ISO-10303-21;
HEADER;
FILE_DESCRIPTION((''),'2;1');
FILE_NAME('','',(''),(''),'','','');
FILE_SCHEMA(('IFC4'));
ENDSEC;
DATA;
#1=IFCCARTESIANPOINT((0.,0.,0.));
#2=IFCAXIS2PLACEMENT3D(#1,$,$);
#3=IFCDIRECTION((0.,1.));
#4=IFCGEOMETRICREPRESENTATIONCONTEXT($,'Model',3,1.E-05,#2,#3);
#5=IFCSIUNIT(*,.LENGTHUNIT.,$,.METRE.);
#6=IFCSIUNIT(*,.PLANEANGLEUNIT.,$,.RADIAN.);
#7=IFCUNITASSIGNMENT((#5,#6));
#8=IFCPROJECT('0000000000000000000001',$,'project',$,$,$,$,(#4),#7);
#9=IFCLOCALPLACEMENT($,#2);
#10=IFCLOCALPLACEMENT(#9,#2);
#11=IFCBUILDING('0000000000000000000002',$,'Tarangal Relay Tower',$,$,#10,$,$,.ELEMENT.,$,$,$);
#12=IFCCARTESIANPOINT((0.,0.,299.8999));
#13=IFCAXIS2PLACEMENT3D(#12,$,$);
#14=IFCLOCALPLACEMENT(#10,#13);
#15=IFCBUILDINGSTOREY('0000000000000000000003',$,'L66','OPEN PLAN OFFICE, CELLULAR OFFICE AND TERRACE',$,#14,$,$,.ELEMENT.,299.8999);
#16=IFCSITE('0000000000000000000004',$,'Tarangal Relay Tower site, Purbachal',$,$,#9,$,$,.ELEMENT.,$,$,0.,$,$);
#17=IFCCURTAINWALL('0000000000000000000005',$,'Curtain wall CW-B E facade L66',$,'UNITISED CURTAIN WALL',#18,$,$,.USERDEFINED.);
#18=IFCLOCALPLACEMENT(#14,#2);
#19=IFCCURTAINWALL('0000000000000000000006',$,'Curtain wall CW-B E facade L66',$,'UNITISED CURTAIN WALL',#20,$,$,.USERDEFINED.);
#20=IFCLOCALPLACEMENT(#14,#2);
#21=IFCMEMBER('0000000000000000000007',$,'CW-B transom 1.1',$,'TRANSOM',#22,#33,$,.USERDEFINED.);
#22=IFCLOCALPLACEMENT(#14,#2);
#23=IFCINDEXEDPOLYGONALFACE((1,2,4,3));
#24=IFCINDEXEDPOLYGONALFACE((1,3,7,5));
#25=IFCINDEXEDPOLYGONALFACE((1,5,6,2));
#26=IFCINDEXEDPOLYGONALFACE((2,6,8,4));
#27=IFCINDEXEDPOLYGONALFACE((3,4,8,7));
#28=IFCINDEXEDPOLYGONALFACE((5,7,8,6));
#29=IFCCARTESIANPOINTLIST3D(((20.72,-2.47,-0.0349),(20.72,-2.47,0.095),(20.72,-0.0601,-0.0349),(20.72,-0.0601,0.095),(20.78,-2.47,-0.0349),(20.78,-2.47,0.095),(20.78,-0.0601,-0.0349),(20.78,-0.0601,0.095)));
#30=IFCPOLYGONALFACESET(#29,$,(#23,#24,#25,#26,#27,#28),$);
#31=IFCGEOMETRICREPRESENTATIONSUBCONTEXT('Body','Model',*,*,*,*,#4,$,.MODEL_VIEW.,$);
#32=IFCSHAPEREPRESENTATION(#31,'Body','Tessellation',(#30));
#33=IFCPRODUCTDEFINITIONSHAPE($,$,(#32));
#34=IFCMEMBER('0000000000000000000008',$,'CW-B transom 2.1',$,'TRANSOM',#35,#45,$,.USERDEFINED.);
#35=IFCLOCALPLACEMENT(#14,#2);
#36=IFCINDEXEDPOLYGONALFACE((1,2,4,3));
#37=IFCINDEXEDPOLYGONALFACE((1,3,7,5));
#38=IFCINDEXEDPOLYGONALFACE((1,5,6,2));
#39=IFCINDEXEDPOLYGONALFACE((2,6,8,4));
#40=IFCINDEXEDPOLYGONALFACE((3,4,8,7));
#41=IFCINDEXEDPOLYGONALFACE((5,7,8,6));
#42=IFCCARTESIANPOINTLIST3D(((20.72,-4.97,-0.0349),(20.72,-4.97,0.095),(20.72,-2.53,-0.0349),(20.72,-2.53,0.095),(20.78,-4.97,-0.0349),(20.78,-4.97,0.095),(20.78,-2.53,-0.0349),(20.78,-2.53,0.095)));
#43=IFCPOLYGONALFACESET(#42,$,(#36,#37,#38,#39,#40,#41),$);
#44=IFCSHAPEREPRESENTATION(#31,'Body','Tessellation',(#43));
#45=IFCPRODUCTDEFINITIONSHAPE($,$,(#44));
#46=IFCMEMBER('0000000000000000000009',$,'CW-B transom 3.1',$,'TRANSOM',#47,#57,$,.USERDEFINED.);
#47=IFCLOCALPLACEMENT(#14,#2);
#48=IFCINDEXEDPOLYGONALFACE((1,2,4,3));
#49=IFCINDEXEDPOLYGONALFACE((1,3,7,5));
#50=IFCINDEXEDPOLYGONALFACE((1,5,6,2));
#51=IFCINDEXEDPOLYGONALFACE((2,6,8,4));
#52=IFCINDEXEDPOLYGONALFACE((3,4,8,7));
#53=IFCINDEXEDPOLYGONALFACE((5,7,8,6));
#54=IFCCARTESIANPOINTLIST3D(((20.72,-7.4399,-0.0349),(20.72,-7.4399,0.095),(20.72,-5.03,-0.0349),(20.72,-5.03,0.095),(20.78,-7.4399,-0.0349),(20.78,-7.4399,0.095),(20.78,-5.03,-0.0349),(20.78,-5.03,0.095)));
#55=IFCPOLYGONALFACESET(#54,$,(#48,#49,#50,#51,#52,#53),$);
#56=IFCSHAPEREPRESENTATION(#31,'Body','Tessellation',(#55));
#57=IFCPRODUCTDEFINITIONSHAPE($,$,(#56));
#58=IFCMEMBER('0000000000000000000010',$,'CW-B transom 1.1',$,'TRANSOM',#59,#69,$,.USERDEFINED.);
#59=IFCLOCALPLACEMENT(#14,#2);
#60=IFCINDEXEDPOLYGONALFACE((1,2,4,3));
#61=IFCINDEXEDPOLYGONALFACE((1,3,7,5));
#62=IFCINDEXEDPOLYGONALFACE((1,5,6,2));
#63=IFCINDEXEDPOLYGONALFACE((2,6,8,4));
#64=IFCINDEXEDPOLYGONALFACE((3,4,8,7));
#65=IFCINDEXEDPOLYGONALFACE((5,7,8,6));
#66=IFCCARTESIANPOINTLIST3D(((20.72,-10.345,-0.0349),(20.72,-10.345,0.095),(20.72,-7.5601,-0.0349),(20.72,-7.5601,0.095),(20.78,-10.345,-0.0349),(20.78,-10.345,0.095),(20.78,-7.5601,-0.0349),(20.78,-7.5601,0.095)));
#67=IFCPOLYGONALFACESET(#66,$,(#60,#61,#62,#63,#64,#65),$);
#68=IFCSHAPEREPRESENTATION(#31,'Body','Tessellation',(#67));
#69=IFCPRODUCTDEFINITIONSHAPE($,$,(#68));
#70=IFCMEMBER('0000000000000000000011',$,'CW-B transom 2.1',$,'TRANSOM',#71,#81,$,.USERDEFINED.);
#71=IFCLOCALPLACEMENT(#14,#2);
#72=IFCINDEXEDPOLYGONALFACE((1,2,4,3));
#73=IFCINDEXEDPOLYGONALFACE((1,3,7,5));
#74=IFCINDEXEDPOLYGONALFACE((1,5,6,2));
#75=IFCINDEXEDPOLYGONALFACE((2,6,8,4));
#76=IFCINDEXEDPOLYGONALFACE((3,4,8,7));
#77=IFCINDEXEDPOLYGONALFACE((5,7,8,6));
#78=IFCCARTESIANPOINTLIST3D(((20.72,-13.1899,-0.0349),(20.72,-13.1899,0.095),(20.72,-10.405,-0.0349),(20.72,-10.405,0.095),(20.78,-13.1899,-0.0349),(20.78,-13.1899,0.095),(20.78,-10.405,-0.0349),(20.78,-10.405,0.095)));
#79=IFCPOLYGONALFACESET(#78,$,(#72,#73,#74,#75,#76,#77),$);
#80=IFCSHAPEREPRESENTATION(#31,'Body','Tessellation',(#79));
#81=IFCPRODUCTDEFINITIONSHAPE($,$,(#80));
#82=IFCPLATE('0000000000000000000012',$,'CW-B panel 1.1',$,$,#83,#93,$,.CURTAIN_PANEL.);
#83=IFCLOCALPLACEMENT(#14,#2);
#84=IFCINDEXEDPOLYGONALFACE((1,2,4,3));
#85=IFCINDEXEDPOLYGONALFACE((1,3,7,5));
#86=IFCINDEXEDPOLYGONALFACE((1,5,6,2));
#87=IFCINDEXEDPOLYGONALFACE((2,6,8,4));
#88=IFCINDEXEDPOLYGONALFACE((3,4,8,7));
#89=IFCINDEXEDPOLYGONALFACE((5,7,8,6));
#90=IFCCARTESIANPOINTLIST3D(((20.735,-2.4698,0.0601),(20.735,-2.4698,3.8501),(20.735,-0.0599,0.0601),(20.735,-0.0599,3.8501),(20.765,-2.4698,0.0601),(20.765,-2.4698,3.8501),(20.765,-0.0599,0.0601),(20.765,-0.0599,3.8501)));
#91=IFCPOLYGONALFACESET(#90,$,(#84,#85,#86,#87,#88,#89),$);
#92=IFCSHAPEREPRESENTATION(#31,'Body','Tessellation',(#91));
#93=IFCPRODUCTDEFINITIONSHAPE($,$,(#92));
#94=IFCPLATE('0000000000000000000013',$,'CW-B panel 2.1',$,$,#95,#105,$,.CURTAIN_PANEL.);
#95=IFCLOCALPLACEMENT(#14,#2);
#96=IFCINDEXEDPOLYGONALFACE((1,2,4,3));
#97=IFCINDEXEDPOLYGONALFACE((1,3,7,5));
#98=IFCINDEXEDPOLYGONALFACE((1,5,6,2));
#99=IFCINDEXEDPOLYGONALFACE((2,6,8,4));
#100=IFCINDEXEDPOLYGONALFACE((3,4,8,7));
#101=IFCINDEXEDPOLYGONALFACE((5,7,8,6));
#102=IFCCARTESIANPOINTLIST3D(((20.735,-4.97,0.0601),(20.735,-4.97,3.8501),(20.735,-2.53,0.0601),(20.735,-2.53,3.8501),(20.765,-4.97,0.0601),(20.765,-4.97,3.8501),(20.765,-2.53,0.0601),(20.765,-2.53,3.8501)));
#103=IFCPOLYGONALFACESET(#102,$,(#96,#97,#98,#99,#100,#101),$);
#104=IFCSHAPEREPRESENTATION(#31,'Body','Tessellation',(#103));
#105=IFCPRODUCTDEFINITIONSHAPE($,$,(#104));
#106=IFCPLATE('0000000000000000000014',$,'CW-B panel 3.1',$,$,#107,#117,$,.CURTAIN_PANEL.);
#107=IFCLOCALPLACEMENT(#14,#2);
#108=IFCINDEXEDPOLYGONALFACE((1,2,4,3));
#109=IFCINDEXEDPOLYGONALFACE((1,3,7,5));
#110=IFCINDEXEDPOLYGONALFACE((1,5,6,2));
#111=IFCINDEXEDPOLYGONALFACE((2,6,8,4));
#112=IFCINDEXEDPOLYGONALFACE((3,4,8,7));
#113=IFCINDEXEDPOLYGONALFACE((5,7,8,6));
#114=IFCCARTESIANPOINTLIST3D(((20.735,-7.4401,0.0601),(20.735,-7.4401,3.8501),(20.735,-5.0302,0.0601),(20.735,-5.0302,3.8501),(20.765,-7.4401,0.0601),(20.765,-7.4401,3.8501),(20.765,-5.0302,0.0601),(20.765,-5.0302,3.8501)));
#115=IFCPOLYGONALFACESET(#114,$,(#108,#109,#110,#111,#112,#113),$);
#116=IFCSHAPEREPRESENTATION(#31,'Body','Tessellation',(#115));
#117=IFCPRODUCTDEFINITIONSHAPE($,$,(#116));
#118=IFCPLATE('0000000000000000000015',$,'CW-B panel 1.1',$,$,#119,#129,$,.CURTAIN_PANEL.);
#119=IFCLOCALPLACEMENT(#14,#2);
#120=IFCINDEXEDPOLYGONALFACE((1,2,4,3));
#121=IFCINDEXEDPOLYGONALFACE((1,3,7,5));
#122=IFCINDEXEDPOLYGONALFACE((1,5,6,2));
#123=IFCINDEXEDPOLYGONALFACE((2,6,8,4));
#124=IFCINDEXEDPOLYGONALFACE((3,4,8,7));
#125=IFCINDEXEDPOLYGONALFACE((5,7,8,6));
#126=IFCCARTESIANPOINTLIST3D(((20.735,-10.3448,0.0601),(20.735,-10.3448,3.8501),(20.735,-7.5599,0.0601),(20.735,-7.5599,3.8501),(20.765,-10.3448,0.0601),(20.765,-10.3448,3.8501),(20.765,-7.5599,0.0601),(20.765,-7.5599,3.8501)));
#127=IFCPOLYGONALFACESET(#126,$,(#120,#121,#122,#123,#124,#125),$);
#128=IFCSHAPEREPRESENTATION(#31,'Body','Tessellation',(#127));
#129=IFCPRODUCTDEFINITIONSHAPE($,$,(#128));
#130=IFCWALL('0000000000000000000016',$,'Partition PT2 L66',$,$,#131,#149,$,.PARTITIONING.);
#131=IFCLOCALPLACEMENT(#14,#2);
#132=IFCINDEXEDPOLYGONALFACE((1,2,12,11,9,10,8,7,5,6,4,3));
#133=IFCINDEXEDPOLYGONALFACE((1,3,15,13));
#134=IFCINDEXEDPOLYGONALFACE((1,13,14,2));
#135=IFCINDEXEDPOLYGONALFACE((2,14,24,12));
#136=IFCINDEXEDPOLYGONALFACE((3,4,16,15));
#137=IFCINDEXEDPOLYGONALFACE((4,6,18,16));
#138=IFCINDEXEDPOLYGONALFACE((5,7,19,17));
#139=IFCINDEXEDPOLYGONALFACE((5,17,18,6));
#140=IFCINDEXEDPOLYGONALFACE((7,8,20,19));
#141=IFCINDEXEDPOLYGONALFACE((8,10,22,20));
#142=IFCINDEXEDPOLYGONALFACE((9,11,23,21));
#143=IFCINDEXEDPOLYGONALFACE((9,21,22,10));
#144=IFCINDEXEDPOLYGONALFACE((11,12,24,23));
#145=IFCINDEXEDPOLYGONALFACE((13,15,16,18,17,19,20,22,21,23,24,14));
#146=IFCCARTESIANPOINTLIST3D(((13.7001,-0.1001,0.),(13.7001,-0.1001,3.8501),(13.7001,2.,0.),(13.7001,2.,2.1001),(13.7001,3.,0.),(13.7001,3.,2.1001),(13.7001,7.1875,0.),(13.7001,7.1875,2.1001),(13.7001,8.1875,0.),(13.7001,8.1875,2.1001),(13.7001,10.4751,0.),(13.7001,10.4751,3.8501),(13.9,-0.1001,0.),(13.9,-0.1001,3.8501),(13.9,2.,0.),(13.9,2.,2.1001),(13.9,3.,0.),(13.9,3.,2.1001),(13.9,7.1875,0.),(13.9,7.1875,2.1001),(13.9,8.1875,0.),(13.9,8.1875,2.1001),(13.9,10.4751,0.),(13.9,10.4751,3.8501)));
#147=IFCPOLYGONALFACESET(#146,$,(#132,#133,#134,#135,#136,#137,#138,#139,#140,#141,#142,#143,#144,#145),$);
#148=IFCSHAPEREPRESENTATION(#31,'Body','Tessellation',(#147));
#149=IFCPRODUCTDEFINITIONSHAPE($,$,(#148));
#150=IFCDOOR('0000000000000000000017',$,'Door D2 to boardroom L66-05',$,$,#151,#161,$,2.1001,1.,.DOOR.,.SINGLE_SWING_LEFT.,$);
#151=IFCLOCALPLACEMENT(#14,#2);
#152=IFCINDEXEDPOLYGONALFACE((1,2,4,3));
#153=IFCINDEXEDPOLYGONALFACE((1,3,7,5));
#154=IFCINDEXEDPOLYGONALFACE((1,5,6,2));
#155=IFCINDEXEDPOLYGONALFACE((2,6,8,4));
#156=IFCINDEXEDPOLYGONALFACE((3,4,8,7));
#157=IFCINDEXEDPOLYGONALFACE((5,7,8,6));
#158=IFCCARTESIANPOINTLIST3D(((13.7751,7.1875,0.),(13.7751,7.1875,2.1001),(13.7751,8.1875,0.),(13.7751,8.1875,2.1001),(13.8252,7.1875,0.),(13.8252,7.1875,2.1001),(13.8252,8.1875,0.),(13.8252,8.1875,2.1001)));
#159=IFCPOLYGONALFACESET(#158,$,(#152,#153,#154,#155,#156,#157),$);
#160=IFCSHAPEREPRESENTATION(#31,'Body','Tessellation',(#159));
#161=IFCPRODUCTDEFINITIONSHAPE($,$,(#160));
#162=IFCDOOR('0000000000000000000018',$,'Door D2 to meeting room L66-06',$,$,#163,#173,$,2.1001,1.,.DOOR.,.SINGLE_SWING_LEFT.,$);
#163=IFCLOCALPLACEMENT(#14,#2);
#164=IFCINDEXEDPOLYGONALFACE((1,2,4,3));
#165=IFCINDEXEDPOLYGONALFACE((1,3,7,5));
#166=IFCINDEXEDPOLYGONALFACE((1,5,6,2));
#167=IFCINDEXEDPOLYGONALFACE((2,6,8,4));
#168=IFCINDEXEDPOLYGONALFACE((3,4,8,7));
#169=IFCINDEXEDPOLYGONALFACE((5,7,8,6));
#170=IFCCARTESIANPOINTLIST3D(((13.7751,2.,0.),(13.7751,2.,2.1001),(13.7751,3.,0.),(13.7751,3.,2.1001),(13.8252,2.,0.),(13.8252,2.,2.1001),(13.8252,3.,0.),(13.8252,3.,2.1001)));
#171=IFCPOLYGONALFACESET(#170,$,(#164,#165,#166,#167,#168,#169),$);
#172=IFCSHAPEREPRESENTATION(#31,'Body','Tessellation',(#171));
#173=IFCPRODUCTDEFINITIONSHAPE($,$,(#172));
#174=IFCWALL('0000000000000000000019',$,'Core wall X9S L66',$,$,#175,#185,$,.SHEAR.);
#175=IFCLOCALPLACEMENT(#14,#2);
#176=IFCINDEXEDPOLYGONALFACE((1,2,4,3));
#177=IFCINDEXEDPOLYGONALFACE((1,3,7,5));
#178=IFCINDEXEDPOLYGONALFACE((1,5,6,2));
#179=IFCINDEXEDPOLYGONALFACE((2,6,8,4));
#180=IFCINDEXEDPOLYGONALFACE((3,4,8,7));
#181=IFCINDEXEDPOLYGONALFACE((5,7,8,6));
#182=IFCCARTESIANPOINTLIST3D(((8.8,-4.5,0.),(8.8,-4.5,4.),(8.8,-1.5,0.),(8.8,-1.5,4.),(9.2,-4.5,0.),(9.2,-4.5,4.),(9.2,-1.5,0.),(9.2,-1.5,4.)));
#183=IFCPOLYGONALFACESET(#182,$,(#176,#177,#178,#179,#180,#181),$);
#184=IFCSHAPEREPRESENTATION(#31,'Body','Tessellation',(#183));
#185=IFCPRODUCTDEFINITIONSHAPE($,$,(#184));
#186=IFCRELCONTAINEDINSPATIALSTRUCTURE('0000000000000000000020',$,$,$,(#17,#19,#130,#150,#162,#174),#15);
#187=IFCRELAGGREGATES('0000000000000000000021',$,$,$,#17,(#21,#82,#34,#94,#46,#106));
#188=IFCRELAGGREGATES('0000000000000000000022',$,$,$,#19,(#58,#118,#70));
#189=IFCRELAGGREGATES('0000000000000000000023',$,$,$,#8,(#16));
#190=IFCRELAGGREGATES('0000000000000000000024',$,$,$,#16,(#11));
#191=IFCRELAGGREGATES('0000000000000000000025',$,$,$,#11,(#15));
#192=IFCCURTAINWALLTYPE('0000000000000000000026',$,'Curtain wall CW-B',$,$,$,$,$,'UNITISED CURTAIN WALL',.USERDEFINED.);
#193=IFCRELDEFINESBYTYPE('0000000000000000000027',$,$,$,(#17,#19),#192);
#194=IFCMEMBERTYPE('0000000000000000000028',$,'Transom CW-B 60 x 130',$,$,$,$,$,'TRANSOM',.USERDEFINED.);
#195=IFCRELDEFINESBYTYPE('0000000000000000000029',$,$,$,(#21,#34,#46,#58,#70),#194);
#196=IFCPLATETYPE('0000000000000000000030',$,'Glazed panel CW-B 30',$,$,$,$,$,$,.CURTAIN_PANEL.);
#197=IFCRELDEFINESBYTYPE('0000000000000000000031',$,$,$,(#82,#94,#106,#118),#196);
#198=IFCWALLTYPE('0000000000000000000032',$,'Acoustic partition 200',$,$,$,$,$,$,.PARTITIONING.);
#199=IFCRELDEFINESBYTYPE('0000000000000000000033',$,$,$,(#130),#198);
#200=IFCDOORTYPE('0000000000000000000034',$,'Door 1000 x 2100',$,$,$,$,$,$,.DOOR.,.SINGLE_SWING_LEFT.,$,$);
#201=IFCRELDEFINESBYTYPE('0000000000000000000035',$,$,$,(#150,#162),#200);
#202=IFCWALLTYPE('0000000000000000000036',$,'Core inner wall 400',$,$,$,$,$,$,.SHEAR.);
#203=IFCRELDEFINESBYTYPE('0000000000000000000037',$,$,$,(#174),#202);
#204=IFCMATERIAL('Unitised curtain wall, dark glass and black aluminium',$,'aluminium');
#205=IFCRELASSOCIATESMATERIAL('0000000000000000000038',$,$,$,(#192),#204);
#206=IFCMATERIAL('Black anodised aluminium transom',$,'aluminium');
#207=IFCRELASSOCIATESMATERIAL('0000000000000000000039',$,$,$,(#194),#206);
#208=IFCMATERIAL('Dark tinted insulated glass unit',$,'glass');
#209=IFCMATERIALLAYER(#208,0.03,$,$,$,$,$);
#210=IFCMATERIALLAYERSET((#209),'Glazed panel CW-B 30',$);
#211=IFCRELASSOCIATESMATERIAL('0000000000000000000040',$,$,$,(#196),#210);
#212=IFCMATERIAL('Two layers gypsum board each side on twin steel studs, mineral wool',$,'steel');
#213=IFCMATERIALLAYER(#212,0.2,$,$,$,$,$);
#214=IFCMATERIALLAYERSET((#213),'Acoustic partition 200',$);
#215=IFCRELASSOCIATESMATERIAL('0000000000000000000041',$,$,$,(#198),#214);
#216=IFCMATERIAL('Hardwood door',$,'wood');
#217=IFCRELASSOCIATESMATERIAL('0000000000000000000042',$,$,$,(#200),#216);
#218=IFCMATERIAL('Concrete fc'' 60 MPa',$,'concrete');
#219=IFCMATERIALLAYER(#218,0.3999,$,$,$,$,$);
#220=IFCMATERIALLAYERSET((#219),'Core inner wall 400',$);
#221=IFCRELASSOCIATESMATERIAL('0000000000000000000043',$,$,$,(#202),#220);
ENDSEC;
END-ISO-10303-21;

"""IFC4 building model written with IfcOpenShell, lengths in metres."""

from ifc_helpers import new_model, si_unit, direction, frame, frame_2d, origin, origin_2d, place, context, subcontext, project, spatial, rectangle, extrude, material, layer, layer_set, material_profile, profile_set, type_object, element, fill, aggregate, save


model = new_model("IFC4")

# Units and contexts
model_context = context("Model", 3, precision=1e-05, world=origin(), true_north=direction((0.0, 1.0)))
body_context = subcontext(model_context, "Body", "Model", "MODEL_VIEW")
ifc_project = project(units=[si_unit("LENGTHUNIT", "METRE"), si_unit("PLANEANGLEUNIT", "RADIAN")], contexts=[model_context])

# Site, building, storey
site_placement = place(None, origin())
site = spatial("IfcSite", under=ifc_project, at=site_placement, Name="Tarangal Relay Tower site, Purbachal", CompositionType="ELEMENT", RefElevation=0.0)
building_placement = place(site_placement, origin())
building = spatial("IfcBuilding", under=site, at=building_placement, Name="Tarangal Relay Tower", CompositionType="ELEMENT")
storey_placement = place(building_placement, frame((0.0, 0.0, 299.8999)))
storey = spatial("IfcBuildingStorey", under=building, at=storey_placement, Name="L66", Description="OPEN PLAN OFFICE, CELLULAR OFFICE AND TERRACE", CompositionType="ELEMENT", Elevation=299.8999)

# Curtain walls
ifc_material_1 = material(Name="Unitised curtain wall, dark glass and black aluminium", Category="aluminium")
curtain_wall_type = type_object("IfcCurtainWallType", Name="Curtain wall CW-B", ElementType="UNITISED CURTAIN WALL", PredefinedType="USERDEFINED", material=ifc_material_1)
curtain_wall_1_placement = place(storey_placement, origin())
curtain_wall_1 = element("IfcCurtainWall", 1, at=curtain_wall_1_placement, inside=storey, type_object=curtain_wall_type, Name="Curtain wall CW-B E facade L66", ObjectType="UNITISED CURTAIN WALL", PredefinedType="USERDEFINED")
curtain_wall_2_placement = place(storey_placement, origin())
curtain_wall_2 = element("IfcCurtainWall", 2, at=curtain_wall_2_placement, inside=storey, type_object=curtain_wall_type, Name="Curtain wall CW-B E facade L66", ObjectType="UNITISED CURTAIN WALL", PredefinedType="USERDEFINED")

# Members
ifc_material_2 = material(Name="Black anodised aluminium transom", Category="aluminium")
ifc_material_profile_1 = material_profile(ifc_material_2, rectangle(XDim=0.0601, YDim=0.1299, at=origin_2d()), Name="CW-BT 60X130")
ifc_profile_set_1 = profile_set([ifc_material_profile_1], Name="Black anodised aluminium transom")
member_type_1 = type_object("IfcMemberType", Name="Transom CW-B 60 x 130", ElementType="TRANSOM", PredefinedType="USERDEFINED", material=ifc_profile_set_1)
member_1_placement = place(storey_placement, frame((20.75, -0.0601, 0.03), z_axis=(0.0, -1.0, 0.0), x_axis=(1.0, 0.0, 0.0)))
member_1 = element("IfcMember", 3, at=member_1_placement, type_object=member_type_1, Name="CW-B transom 1.1", ObjectType="TRANSOM", PredefinedType="USERDEFINED", context=body_context, shape_type="SweptSolid", body=[
    extrude(rectangle(XDim=0.0601, YDim=0.1299, at=origin_2d()), origin(), (0.0, 0.0, 1.0), 2.4099),
])
member_2_placement = place(storey_placement, frame((20.75, -2.53, 0.03), z_axis=(0.0, -1.0, 0.0), x_axis=(1.0, 0.0, 0.0)))
member_2 = element("IfcMember", 4, at=member_2_placement, type_object=member_type_1, Name="CW-B transom 2.1", ObjectType="TRANSOM", PredefinedType="USERDEFINED", context=body_context, shape_type="SweptSolid", body=[
    extrude(rectangle(XDim=0.0601, YDim=0.1299, at=origin_2d()), origin(), (0.0, 0.0, 1.0), 2.4399),
])
member_3_placement = place(storey_placement, frame((20.75, -5.03, 0.03), z_axis=(0.0, -1.0, 0.0), x_axis=(1.0, 0.0, 0.0)))
member_3 = element("IfcMember", 5, at=member_3_placement, type_object=member_type_1, Name="CW-B transom 3.1", ObjectType="TRANSOM", PredefinedType="USERDEFINED", context=body_context, shape_type="SweptSolid", body=[
    extrude(rectangle(XDim=0.0601, YDim=0.1299, at=origin_2d()), origin(), (0.0, 0.0, 1.0), 2.4099),
])
member_4_placement = place(storey_placement, frame((20.75, -7.5601, 0.03), z_axis=(0.0, -1.0, 0.0), x_axis=(1.0, 0.0, 0.0)))
member_4 = element("IfcMember", 6, at=member_4_placement, type_object=member_type_1, Name="CW-B transom 1.1", ObjectType="TRANSOM", PredefinedType="USERDEFINED", context=body_context, shape_type="SweptSolid", body=[
    extrude(rectangle(XDim=0.0601, YDim=0.1299, at=origin_2d()), origin(), (0.0, 0.0, 1.0), 2.7849),
])
member_5_placement = place(storey_placement, frame((20.75, -10.405, 0.03), z_axis=(0.0, -1.0, 0.0), x_axis=(1.0, 0.0, 0.0)))
member_5 = element("IfcMember", 7, at=member_5_placement, type_object=member_type_1, Name="CW-B transom 2.1", ObjectType="TRANSOM", PredefinedType="USERDEFINED", context=body_context, shape_type="SweptSolid", body=[
    extrude(rectangle(XDim=0.0601, YDim=0.1299, at=origin_2d()), origin(), (0.0, 0.0, 1.0), 2.7849),
])

# Plates
ifc_material_3 = material(Name="Dark tinted insulated glass unit", Category="glass")
ifc_layer_1 = layer(ifc_material_3, 0.03)
ifc_layer_set_1 = layer_set([ifc_layer_1], Name="Glazed panel CW-B 30")
plate_type = type_object("IfcPlateType", Name="Glazed panel CW-B 30", PredefinedType="CURTAIN_PANEL", material=ifc_layer_set_1)
plate_1_placement = place(storey_placement, frame((20.75, -1.2649, 0.0601), z_axis=(0.0, 0.0, 1.0), x_axis=(0.0, -1.0, 0.0)))
plate_1 = element("IfcPlate", 8, at=plate_1_placement, type_object=plate_type, Name="CW-B panel 1.1", PredefinedType="CURTAIN_PANEL", context=body_context, shape_type="SweptSolid", body=[
    extrude(rectangle(XDim=2.4099, YDim=0.03, at=origin_2d()), origin(), (0.0, 0.0, 1.0), 3.79),
])
plate_2_placement = place(storey_placement, frame((20.75, -3.75, 0.0601), z_axis=(0.0, 0.0, 1.0), x_axis=(0.0, -1.0, 0.0)))
plate_2 = element("IfcPlate", 9, at=plate_2_placement, type_object=plate_type, Name="CW-B panel 2.1", PredefinedType="CURTAIN_PANEL", context=body_context, shape_type="SweptSolid", body=[
    extrude(rectangle(XDim=2.4399, YDim=0.03, at=origin_2d()), origin(), (0.0, 0.0, 1.0), 3.79),
])
plate_3_placement = place(storey_placement, frame((20.75, -6.2351, 0.0601), z_axis=(0.0, 0.0, 1.0), x_axis=(0.0, -1.0, 0.0)))
plate_3 = element("IfcPlate", 10, at=plate_3_placement, type_object=plate_type, Name="CW-B panel 3.1", PredefinedType="CURTAIN_PANEL", context=body_context, shape_type="SweptSolid", body=[
    extrude(rectangle(XDim=2.4099, YDim=0.03, at=origin_2d()), origin(), (0.0, 0.0, 1.0), 3.79),
])
aggregate(curtain_wall_1, [member_1, plate_1, member_2, plate_2, member_3, plate_3])
plate_4_placement = place(storey_placement, frame((20.75, -8.9524, 0.0601), z_axis=(0.0, 0.0, 1.0), x_axis=(0.0, -1.0, 0.0)))
plate_4 = element("IfcPlate", 11, at=plate_4_placement, type_object=plate_type, Name="CW-B panel 1.1", PredefinedType="CURTAIN_PANEL", context=body_context, shape_type="SweptSolid", body=[
    extrude(rectangle(XDim=2.7849, YDim=0.03, at=origin_2d()), origin(), (0.0, 0.0, 1.0), 3.79),
])
aggregate(curtain_wall_2, [member_4, plate_4, member_5])

# Wall, openings, doors
ifc_material_4 = material(Name="Two layers gypsum board each side on twin steel studs, mineral wool", Category="steel")
ifc_layer_2 = layer(ifc_material_4, 0.2)
ifc_layer_set_2 = layer_set([ifc_layer_2], Name="Acoustic partition 200")
wall_type_1 = type_object("IfcWallType", Name="Acoustic partition 200", PredefinedType="PARTITIONING", material=ifc_layer_set_2)
wall_1_placement = place(storey_placement, frame((13.8, -0.1001, 0.0), z_axis=(0.0, 0.0, 1.0), x_axis=(0.0, 1.0, 0.0)))
wall_1 = element("IfcWall", 12, at=wall_1_placement, inside=storey, type_object=wall_type_1, Name="Partition PT2 L66", PredefinedType="PARTITIONING", context=body_context, shape_type="SweptSolid", body=[
    extrude(rectangle(XDim=10.5752, YDim=0.2, at=frame_2d((5.2876, 0.0))), origin(), (0.0, 0.0, 1.0), 3.8501),
])
opening_1_placement = place(wall_1_placement, frame((7.2876, 0.0, 0.0)))
opening_1 = element("IfcOpeningElement", 13, at=opening_1_placement, cuts=wall_1, PredefinedType="OPENING", context=body_context, shape_type="SweptSolid", body=[
    extrude(rectangle(XDim=1.0, YDim=2.1001, at=frame_2d((0.5, 1.05))), frame((0.0, 0.1099, 0.0), z_axis=(0.0, -1.0, 0.0), x_axis=(1.0, 0.0, 0.0)), (0.0, 0.0, 1.0), 0.22),
])
opening_2_placement = place(wall_1_placement, frame((2.1001, 0.0, 0.0)))
opening_2 = element("IfcOpeningElement", 14, at=opening_2_placement, cuts=wall_1, PredefinedType="OPENING", context=body_context, shape_type="SweptSolid", body=[
    extrude(rectangle(XDim=1.0, YDim=2.1001, at=frame_2d((0.5, 1.05))), frame((0.0, 0.1099, 0.0), z_axis=(0.0, -1.0, 0.0), x_axis=(1.0, 0.0, 0.0)), (0.0, 0.0, 1.0), 0.22),
])
ifc_material_5 = material(Name="Hardwood door", Category="wood")
door_type_1 = type_object("IfcDoorType", Name="Door 1000 x 2100", OperationType="SINGLE_SWING_LEFT", PredefinedType="DOOR", material=ifc_material_5)
door_1_placement = place(opening_1_placement, origin())
door_1 = element("IfcDoor", 15, at=door_1_placement, inside=storey, type_object=door_type_1, Name="Door D2 to boardroom L66-05", OperationType="SINGLE_SWING_LEFT", OverallHeight=2.1001, OverallWidth=1.0, PredefinedType="DOOR", context=body_context, shape_type="SweptSolid", body=[
    extrude(rectangle(XDim=1.0, YDim=2.1001, at=frame_2d((0.5, 1.05))), frame((0.0, 0.0249, 0.0), z_axis=(0.0, -1.0, 0.0), x_axis=(1.0, 0.0, 0.0)), (0.0, 0.0, 1.0), 0.05),
])
fill(opening_1, door_1)
door_2_placement = place(opening_2_placement, origin())
door_2 = element("IfcDoor", 16, at=door_2_placement, inside=storey, type_object=door_type_1, Name="Door D2 to meeting room L66-06", OperationType="SINGLE_SWING_LEFT", OverallHeight=2.1001, OverallWidth=1.0, PredefinedType="DOOR", context=body_context, shape_type="SweptSolid", body=[
    extrude(rectangle(XDim=1.0, YDim=2.1001, at=frame_2d((0.5, 1.05))), frame((0.0, 0.0249, 0.0), z_axis=(0.0, -1.0, 0.0), x_axis=(1.0, 0.0, 0.0)), (0.0, 0.0, 1.0), 0.05),
])
fill(opening_2, door_2)

# Wall
ifc_material_6 = material(Name="Concrete fc' 60 MPa", Category="concrete")
ifc_layer_3 = layer(ifc_material_6, 0.3999)
ifc_layer_set_3 = layer_set([ifc_layer_3], Name="Core inner wall 400")
wall_type_2 = type_object("IfcWallType", Name="Core inner wall 400", PredefinedType="SHEAR", material=ifc_layer_set_3)
wall_2_placement = place(storey_placement, frame((9.0, -4.5, 0.0), z_axis=(0.0, 0.0, 1.0), x_axis=(0.0, 1.0, 0.0)))
element("IfcWall", 17, at=wall_2_placement, inside=storey, type_object=wall_type_2, Name="Core wall X9S L66", PredefinedType="SHEAR", context=body_context, shape_type="SweptSolid", body=[
    extrude(rectangle(XDim=3.0, YDim=0.3999, at=frame_2d((1.5, 0.0))), origin(), (0.0, 0.0, 1.0), 4.0),
])

save(model, "model.ifc")
